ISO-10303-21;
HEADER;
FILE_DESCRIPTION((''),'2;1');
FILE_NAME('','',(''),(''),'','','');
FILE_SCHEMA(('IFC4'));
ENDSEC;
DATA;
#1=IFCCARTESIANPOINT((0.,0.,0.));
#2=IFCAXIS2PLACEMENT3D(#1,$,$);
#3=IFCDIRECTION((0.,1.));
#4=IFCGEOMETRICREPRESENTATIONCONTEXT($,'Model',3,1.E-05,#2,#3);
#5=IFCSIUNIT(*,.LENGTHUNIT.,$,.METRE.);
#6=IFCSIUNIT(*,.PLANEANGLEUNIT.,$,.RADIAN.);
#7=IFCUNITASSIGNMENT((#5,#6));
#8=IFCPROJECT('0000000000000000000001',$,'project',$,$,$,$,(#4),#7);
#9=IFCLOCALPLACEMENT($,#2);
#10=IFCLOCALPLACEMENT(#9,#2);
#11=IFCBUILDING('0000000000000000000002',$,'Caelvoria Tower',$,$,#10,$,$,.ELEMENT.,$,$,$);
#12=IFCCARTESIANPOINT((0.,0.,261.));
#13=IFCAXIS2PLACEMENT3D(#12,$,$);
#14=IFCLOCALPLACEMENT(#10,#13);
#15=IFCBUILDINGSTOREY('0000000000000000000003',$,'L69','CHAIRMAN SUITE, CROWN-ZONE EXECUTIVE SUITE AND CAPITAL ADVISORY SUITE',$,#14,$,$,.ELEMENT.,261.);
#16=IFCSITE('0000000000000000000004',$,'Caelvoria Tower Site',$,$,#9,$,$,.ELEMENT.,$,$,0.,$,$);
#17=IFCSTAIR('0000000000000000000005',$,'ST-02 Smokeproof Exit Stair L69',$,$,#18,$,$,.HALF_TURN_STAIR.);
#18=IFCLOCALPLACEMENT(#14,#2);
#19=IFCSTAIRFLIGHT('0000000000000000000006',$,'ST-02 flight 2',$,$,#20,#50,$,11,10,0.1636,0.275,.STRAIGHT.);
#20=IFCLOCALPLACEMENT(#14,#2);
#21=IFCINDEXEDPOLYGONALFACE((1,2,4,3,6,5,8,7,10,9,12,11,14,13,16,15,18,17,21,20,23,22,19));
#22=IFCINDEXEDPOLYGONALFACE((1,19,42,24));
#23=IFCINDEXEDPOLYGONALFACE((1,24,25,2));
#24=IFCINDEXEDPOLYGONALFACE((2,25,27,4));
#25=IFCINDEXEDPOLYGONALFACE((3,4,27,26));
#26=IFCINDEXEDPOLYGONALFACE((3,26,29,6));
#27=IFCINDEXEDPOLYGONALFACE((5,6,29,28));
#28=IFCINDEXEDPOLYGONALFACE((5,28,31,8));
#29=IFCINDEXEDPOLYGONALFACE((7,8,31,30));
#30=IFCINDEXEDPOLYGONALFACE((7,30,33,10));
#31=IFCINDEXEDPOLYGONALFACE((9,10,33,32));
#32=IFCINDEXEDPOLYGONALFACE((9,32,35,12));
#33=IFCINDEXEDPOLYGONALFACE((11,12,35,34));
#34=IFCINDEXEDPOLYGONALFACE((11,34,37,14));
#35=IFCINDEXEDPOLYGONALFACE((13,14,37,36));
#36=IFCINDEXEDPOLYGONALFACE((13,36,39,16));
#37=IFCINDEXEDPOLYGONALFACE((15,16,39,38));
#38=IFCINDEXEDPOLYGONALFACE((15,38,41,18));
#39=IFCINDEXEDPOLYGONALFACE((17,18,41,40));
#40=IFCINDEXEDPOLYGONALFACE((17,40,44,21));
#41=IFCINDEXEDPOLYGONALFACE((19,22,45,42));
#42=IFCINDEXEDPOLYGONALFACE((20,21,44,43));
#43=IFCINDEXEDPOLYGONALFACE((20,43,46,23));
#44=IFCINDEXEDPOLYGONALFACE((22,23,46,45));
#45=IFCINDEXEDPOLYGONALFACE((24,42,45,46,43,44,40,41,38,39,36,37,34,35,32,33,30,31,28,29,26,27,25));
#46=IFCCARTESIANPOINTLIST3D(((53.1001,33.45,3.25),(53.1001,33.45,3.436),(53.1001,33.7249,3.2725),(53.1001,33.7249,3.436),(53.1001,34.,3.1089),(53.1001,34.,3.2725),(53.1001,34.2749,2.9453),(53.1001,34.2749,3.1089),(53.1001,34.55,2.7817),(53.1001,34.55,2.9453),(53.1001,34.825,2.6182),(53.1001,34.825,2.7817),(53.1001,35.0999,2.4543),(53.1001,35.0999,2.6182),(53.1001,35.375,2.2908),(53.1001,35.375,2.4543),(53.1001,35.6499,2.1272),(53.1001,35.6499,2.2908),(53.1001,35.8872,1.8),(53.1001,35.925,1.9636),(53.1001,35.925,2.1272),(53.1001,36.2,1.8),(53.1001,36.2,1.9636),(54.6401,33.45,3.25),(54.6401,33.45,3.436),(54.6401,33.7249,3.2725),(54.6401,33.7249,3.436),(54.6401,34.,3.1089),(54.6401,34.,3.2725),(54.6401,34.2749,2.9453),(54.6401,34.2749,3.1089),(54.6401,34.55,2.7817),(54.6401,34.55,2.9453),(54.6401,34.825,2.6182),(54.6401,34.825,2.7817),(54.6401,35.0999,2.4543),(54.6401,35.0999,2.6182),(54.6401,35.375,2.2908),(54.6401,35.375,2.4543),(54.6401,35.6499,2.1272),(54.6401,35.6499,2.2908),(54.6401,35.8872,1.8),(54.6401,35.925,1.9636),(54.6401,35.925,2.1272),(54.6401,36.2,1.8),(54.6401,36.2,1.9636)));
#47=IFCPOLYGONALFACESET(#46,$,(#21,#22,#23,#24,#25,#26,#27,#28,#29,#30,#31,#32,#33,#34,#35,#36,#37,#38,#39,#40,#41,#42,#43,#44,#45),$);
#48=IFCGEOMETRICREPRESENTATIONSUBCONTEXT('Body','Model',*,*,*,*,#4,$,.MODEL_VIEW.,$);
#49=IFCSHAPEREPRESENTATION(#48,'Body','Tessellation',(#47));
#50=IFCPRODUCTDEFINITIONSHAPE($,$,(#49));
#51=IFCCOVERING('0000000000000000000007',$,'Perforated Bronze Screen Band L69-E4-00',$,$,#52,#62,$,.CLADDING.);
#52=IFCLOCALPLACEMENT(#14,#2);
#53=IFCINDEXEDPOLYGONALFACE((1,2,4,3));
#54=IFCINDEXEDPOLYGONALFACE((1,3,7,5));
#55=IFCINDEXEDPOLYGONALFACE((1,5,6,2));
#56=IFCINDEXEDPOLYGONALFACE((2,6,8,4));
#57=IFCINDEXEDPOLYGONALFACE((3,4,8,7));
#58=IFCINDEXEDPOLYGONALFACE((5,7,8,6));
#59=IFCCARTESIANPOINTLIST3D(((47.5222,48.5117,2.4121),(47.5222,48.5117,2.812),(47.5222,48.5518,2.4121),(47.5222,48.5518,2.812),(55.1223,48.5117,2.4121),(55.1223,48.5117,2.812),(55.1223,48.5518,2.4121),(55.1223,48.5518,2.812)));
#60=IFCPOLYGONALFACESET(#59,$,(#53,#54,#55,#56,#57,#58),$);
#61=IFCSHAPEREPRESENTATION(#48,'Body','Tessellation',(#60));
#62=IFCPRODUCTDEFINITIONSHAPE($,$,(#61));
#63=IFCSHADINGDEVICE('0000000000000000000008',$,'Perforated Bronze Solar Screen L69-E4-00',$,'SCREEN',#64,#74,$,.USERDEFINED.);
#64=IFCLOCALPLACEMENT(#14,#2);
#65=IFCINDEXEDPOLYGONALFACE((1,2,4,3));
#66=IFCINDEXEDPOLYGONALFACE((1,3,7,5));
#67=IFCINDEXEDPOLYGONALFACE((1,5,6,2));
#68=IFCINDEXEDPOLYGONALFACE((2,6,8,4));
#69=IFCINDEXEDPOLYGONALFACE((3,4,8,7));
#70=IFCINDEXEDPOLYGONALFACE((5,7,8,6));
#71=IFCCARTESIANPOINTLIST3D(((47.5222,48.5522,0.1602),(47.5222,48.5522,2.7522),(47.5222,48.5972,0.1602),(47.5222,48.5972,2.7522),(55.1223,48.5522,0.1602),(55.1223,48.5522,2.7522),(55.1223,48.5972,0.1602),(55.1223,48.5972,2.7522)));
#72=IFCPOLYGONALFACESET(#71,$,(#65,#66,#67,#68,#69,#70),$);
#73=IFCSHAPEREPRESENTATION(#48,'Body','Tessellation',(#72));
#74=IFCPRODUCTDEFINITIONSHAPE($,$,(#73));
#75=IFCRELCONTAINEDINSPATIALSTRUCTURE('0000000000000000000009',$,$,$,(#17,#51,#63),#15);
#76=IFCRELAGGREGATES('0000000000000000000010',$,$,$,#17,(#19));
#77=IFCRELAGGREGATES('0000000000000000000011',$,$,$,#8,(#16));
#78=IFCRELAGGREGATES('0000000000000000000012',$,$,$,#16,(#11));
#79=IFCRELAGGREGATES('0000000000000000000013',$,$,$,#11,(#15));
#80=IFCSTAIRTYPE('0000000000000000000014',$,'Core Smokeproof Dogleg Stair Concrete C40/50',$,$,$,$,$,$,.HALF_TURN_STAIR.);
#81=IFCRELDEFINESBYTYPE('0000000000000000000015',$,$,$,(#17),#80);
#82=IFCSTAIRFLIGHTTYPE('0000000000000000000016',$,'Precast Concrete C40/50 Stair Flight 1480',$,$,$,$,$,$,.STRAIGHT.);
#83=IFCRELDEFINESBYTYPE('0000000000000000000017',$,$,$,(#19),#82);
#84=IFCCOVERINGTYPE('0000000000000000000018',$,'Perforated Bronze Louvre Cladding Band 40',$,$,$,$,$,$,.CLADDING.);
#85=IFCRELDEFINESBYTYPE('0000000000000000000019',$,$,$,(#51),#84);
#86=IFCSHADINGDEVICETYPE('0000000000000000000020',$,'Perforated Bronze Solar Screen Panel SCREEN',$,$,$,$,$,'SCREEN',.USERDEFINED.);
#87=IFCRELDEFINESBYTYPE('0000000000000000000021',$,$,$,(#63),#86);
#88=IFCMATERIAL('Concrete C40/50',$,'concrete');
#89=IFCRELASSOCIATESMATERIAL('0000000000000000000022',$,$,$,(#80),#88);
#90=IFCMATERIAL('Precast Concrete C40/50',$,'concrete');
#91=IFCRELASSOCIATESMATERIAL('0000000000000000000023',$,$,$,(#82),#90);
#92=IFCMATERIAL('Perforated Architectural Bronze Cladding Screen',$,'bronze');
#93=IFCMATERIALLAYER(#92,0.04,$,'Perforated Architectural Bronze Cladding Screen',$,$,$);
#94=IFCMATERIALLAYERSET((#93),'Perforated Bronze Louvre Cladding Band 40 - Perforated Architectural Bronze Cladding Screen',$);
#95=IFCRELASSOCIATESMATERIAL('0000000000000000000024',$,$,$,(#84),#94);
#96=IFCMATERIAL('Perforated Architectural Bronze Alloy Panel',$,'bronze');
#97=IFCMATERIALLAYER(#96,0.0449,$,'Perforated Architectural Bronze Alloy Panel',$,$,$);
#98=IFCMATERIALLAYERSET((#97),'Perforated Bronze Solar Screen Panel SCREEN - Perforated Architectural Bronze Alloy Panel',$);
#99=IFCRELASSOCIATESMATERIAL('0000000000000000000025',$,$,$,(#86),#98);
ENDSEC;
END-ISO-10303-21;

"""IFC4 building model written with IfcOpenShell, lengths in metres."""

from ifc_helpers import new_model, si_unit, direction, frame, origin, origin_2d, place, context, subcontext, project, spatial, polyline, rectangle, outline, extrude, material, layer, layer_set, type_object, element, aggregate, save


model = new_model("IFC4")

# Units and contexts
model_context = context("Model", 3, precision=1e-05, world=origin(), true_north=direction((0.0, 1.0)))
body_context = subcontext(model_context, "Body", "Model", "MODEL_VIEW")
ifc_project = project(units=[si_unit("LENGTHUNIT", "METRE"), si_unit("PLANEANGLEUNIT", "RADIAN")], contexts=[model_context])

# Site, building, storey
site_placement = place(None, origin())
site = spatial("IfcSite", under=ifc_project, at=site_placement, Name="Caelvoria Tower Site", CompositionType="ELEMENT", RefElevation=0.0)
building_placement = place(site_placement, origin())
building = spatial("IfcBuilding", under=site, at=building_placement, Name="Caelvoria Tower", CompositionType="ELEMENT")
storey_placement = place(building_placement, frame((0.0, 0.0, 261.0)))
storey = spatial("IfcBuildingStorey", under=building, at=storey_placement, Name="L69", Description="CHAIRMAN SUITE, CROWN-ZONE EXECUTIVE SUITE AND CAPITAL ADVISORY SUITE", CompositionType="ELEMENT", Elevation=261.0)

# Stair, stair flight
ifc_material_1 = material(Name="Concrete C40/50", Category="concrete")
stair_type = type_object("IfcStairType", Name="Core Smokeproof Dogleg Stair Concrete C40/50", PredefinedType="HALF_TURN_STAIR", material=ifc_material_1)
stair_placement = place(storey_placement, origin())
stair = element("IfcStair", 1, at=stair_placement, inside=storey, type_object=stair_type, Name="ST-02 Smokeproof Exit Stair L69", PredefinedType="HALF_TURN_STAIR")
ifc_material_2 = material(Name="Precast Concrete C40/50", Category="concrete")
stair_flight_type = type_object("IfcStairFlightType", Name="Precast Concrete C40/50 Stair Flight 1480", PredefinedType="STRAIGHT", material=ifc_material_2)
stair_flight_1_placement = place(storey_placement, frame((53.8701, 36.2, 1.8), z_axis=(0.0, 0.0, 1.0), x_axis=(0.0, -1.0, 0.0)))
stair_flight_1 = element("IfcStairFlight", 2, at=stair_flight_1_placement, type_object=stair_flight_type, Name="ST-02 flight 2", NumberOfRisers=11, NumberOfTreads=10, PredefinedType="STRAIGHT", RiserHeight=0.1636, TreadLength=0.275, context=body_context, shape_type="SweptSolid", body=[
    extrude(outline(polyline([(0.0, 0.0), (0.0, 0.1636), (0.2749, 0.1636), (0.2749, 0.3271), (0.55, 0.3271), (0.55, 0.4907), (0.825, 0.4907), (0.825, 0.6543), (1.1001, 0.6543), (1.1001, 0.8181), (1.375, 0.8181), (1.375, 0.9817), (1.6499, 0.9817), (1.6499, 1.1453), (1.925, 1.1453), (1.925, 1.3088), (2.2, 1.3088), (2.2, 1.4724), (2.4751, 1.4724), (2.4751, 1.636), (2.75, 1.636), (2.75, 1.7996), (2.75, 1.45), (0.3127, 0.0), (0.0, 0.0)])), frame((0.0, 0.77, 0.0), z_axis=(0.0, -1.0, 0.0), x_axis=(1.0, 0.0, 0.0)), (0.0, 0.0, 1.0), 1.54),
])
aggregate(stair, [stair_flight_1])

# Covering
ifc_material_3 = material(Name="Perforated Architectural Bronze Cladding Screen", Category="bronze")
ifc_layer_1 = layer(ifc_material_3, 0.04, Name="Perforated Architectural Bronze Cladding Screen")
ifc_layer_set_1 = layer_set([ifc_layer_1], Name="Perforated Bronze Louvre Cladding Band 40 - Perforated Architectural Bronze Cladding Screen")
covering_type = type_object("IfcCoveringType", Name="Perforated Bronze Louvre Cladding Band 40", PredefinedType="CLADDING", material=ifc_layer_set_1)
covering_placement = place(storey_placement, frame((51.3223, 48.5317, 2.4121), z_axis=(0.0, 0.0, 1.0), x_axis=(-1.0, 0.0, 0.0)))
element("IfcCovering", 3, at=covering_placement, inside=storey, type_object=covering_type, Name="Perforated Bronze Screen Band L69-E4-00", PredefinedType="CLADDING", context=body_context, shape_type="SweptSolid", body=[
    extrude(rectangle(XDim=7.6001, YDim=0.04, at=origin_2d()), origin(), (0.0, 0.0, 1.0), 0.3999),
])

# Shading device
ifc_material_4 = material(Name="Perforated Architectural Bronze Alloy Panel", Category="bronze")
ifc_layer_2 = layer(ifc_material_4, 0.0449, Name="Perforated Architectural Bronze Alloy Panel")
ifc_layer_set_2 = layer_set([ifc_layer_2], Name="Perforated Bronze Solar Screen Panel SCREEN - Perforated Architectural Bronze Alloy Panel")
shading_device_type = type_object("IfcShadingDeviceType", Name="Perforated Bronze Solar Screen Panel SCREEN", ElementType="SCREEN", PredefinedType="USERDEFINED", material=ifc_layer_set_2)
shading_device_placement = place(storey_placement, frame((51.3223, 48.5747, 0.1602), z_axis=(0.0, 0.0, 1.0), x_axis=(-1.0, 0.0, 0.0)))
element("IfcShadingDevice", 4, at=shading_device_placement, inside=storey, type_object=shading_device_type, Name="Perforated Bronze Solar Screen L69-E4-00", ObjectType="SCREEN", PredefinedType="USERDEFINED", context=body_context, shape_type="SweptSolid", body=[
    extrude(rectangle(XDim=7.6001, YDim=0.0449, at=origin_2d()), origin(), (0.0, 0.0, 1.0), 2.592),
])

save(model, "model.ifc")
